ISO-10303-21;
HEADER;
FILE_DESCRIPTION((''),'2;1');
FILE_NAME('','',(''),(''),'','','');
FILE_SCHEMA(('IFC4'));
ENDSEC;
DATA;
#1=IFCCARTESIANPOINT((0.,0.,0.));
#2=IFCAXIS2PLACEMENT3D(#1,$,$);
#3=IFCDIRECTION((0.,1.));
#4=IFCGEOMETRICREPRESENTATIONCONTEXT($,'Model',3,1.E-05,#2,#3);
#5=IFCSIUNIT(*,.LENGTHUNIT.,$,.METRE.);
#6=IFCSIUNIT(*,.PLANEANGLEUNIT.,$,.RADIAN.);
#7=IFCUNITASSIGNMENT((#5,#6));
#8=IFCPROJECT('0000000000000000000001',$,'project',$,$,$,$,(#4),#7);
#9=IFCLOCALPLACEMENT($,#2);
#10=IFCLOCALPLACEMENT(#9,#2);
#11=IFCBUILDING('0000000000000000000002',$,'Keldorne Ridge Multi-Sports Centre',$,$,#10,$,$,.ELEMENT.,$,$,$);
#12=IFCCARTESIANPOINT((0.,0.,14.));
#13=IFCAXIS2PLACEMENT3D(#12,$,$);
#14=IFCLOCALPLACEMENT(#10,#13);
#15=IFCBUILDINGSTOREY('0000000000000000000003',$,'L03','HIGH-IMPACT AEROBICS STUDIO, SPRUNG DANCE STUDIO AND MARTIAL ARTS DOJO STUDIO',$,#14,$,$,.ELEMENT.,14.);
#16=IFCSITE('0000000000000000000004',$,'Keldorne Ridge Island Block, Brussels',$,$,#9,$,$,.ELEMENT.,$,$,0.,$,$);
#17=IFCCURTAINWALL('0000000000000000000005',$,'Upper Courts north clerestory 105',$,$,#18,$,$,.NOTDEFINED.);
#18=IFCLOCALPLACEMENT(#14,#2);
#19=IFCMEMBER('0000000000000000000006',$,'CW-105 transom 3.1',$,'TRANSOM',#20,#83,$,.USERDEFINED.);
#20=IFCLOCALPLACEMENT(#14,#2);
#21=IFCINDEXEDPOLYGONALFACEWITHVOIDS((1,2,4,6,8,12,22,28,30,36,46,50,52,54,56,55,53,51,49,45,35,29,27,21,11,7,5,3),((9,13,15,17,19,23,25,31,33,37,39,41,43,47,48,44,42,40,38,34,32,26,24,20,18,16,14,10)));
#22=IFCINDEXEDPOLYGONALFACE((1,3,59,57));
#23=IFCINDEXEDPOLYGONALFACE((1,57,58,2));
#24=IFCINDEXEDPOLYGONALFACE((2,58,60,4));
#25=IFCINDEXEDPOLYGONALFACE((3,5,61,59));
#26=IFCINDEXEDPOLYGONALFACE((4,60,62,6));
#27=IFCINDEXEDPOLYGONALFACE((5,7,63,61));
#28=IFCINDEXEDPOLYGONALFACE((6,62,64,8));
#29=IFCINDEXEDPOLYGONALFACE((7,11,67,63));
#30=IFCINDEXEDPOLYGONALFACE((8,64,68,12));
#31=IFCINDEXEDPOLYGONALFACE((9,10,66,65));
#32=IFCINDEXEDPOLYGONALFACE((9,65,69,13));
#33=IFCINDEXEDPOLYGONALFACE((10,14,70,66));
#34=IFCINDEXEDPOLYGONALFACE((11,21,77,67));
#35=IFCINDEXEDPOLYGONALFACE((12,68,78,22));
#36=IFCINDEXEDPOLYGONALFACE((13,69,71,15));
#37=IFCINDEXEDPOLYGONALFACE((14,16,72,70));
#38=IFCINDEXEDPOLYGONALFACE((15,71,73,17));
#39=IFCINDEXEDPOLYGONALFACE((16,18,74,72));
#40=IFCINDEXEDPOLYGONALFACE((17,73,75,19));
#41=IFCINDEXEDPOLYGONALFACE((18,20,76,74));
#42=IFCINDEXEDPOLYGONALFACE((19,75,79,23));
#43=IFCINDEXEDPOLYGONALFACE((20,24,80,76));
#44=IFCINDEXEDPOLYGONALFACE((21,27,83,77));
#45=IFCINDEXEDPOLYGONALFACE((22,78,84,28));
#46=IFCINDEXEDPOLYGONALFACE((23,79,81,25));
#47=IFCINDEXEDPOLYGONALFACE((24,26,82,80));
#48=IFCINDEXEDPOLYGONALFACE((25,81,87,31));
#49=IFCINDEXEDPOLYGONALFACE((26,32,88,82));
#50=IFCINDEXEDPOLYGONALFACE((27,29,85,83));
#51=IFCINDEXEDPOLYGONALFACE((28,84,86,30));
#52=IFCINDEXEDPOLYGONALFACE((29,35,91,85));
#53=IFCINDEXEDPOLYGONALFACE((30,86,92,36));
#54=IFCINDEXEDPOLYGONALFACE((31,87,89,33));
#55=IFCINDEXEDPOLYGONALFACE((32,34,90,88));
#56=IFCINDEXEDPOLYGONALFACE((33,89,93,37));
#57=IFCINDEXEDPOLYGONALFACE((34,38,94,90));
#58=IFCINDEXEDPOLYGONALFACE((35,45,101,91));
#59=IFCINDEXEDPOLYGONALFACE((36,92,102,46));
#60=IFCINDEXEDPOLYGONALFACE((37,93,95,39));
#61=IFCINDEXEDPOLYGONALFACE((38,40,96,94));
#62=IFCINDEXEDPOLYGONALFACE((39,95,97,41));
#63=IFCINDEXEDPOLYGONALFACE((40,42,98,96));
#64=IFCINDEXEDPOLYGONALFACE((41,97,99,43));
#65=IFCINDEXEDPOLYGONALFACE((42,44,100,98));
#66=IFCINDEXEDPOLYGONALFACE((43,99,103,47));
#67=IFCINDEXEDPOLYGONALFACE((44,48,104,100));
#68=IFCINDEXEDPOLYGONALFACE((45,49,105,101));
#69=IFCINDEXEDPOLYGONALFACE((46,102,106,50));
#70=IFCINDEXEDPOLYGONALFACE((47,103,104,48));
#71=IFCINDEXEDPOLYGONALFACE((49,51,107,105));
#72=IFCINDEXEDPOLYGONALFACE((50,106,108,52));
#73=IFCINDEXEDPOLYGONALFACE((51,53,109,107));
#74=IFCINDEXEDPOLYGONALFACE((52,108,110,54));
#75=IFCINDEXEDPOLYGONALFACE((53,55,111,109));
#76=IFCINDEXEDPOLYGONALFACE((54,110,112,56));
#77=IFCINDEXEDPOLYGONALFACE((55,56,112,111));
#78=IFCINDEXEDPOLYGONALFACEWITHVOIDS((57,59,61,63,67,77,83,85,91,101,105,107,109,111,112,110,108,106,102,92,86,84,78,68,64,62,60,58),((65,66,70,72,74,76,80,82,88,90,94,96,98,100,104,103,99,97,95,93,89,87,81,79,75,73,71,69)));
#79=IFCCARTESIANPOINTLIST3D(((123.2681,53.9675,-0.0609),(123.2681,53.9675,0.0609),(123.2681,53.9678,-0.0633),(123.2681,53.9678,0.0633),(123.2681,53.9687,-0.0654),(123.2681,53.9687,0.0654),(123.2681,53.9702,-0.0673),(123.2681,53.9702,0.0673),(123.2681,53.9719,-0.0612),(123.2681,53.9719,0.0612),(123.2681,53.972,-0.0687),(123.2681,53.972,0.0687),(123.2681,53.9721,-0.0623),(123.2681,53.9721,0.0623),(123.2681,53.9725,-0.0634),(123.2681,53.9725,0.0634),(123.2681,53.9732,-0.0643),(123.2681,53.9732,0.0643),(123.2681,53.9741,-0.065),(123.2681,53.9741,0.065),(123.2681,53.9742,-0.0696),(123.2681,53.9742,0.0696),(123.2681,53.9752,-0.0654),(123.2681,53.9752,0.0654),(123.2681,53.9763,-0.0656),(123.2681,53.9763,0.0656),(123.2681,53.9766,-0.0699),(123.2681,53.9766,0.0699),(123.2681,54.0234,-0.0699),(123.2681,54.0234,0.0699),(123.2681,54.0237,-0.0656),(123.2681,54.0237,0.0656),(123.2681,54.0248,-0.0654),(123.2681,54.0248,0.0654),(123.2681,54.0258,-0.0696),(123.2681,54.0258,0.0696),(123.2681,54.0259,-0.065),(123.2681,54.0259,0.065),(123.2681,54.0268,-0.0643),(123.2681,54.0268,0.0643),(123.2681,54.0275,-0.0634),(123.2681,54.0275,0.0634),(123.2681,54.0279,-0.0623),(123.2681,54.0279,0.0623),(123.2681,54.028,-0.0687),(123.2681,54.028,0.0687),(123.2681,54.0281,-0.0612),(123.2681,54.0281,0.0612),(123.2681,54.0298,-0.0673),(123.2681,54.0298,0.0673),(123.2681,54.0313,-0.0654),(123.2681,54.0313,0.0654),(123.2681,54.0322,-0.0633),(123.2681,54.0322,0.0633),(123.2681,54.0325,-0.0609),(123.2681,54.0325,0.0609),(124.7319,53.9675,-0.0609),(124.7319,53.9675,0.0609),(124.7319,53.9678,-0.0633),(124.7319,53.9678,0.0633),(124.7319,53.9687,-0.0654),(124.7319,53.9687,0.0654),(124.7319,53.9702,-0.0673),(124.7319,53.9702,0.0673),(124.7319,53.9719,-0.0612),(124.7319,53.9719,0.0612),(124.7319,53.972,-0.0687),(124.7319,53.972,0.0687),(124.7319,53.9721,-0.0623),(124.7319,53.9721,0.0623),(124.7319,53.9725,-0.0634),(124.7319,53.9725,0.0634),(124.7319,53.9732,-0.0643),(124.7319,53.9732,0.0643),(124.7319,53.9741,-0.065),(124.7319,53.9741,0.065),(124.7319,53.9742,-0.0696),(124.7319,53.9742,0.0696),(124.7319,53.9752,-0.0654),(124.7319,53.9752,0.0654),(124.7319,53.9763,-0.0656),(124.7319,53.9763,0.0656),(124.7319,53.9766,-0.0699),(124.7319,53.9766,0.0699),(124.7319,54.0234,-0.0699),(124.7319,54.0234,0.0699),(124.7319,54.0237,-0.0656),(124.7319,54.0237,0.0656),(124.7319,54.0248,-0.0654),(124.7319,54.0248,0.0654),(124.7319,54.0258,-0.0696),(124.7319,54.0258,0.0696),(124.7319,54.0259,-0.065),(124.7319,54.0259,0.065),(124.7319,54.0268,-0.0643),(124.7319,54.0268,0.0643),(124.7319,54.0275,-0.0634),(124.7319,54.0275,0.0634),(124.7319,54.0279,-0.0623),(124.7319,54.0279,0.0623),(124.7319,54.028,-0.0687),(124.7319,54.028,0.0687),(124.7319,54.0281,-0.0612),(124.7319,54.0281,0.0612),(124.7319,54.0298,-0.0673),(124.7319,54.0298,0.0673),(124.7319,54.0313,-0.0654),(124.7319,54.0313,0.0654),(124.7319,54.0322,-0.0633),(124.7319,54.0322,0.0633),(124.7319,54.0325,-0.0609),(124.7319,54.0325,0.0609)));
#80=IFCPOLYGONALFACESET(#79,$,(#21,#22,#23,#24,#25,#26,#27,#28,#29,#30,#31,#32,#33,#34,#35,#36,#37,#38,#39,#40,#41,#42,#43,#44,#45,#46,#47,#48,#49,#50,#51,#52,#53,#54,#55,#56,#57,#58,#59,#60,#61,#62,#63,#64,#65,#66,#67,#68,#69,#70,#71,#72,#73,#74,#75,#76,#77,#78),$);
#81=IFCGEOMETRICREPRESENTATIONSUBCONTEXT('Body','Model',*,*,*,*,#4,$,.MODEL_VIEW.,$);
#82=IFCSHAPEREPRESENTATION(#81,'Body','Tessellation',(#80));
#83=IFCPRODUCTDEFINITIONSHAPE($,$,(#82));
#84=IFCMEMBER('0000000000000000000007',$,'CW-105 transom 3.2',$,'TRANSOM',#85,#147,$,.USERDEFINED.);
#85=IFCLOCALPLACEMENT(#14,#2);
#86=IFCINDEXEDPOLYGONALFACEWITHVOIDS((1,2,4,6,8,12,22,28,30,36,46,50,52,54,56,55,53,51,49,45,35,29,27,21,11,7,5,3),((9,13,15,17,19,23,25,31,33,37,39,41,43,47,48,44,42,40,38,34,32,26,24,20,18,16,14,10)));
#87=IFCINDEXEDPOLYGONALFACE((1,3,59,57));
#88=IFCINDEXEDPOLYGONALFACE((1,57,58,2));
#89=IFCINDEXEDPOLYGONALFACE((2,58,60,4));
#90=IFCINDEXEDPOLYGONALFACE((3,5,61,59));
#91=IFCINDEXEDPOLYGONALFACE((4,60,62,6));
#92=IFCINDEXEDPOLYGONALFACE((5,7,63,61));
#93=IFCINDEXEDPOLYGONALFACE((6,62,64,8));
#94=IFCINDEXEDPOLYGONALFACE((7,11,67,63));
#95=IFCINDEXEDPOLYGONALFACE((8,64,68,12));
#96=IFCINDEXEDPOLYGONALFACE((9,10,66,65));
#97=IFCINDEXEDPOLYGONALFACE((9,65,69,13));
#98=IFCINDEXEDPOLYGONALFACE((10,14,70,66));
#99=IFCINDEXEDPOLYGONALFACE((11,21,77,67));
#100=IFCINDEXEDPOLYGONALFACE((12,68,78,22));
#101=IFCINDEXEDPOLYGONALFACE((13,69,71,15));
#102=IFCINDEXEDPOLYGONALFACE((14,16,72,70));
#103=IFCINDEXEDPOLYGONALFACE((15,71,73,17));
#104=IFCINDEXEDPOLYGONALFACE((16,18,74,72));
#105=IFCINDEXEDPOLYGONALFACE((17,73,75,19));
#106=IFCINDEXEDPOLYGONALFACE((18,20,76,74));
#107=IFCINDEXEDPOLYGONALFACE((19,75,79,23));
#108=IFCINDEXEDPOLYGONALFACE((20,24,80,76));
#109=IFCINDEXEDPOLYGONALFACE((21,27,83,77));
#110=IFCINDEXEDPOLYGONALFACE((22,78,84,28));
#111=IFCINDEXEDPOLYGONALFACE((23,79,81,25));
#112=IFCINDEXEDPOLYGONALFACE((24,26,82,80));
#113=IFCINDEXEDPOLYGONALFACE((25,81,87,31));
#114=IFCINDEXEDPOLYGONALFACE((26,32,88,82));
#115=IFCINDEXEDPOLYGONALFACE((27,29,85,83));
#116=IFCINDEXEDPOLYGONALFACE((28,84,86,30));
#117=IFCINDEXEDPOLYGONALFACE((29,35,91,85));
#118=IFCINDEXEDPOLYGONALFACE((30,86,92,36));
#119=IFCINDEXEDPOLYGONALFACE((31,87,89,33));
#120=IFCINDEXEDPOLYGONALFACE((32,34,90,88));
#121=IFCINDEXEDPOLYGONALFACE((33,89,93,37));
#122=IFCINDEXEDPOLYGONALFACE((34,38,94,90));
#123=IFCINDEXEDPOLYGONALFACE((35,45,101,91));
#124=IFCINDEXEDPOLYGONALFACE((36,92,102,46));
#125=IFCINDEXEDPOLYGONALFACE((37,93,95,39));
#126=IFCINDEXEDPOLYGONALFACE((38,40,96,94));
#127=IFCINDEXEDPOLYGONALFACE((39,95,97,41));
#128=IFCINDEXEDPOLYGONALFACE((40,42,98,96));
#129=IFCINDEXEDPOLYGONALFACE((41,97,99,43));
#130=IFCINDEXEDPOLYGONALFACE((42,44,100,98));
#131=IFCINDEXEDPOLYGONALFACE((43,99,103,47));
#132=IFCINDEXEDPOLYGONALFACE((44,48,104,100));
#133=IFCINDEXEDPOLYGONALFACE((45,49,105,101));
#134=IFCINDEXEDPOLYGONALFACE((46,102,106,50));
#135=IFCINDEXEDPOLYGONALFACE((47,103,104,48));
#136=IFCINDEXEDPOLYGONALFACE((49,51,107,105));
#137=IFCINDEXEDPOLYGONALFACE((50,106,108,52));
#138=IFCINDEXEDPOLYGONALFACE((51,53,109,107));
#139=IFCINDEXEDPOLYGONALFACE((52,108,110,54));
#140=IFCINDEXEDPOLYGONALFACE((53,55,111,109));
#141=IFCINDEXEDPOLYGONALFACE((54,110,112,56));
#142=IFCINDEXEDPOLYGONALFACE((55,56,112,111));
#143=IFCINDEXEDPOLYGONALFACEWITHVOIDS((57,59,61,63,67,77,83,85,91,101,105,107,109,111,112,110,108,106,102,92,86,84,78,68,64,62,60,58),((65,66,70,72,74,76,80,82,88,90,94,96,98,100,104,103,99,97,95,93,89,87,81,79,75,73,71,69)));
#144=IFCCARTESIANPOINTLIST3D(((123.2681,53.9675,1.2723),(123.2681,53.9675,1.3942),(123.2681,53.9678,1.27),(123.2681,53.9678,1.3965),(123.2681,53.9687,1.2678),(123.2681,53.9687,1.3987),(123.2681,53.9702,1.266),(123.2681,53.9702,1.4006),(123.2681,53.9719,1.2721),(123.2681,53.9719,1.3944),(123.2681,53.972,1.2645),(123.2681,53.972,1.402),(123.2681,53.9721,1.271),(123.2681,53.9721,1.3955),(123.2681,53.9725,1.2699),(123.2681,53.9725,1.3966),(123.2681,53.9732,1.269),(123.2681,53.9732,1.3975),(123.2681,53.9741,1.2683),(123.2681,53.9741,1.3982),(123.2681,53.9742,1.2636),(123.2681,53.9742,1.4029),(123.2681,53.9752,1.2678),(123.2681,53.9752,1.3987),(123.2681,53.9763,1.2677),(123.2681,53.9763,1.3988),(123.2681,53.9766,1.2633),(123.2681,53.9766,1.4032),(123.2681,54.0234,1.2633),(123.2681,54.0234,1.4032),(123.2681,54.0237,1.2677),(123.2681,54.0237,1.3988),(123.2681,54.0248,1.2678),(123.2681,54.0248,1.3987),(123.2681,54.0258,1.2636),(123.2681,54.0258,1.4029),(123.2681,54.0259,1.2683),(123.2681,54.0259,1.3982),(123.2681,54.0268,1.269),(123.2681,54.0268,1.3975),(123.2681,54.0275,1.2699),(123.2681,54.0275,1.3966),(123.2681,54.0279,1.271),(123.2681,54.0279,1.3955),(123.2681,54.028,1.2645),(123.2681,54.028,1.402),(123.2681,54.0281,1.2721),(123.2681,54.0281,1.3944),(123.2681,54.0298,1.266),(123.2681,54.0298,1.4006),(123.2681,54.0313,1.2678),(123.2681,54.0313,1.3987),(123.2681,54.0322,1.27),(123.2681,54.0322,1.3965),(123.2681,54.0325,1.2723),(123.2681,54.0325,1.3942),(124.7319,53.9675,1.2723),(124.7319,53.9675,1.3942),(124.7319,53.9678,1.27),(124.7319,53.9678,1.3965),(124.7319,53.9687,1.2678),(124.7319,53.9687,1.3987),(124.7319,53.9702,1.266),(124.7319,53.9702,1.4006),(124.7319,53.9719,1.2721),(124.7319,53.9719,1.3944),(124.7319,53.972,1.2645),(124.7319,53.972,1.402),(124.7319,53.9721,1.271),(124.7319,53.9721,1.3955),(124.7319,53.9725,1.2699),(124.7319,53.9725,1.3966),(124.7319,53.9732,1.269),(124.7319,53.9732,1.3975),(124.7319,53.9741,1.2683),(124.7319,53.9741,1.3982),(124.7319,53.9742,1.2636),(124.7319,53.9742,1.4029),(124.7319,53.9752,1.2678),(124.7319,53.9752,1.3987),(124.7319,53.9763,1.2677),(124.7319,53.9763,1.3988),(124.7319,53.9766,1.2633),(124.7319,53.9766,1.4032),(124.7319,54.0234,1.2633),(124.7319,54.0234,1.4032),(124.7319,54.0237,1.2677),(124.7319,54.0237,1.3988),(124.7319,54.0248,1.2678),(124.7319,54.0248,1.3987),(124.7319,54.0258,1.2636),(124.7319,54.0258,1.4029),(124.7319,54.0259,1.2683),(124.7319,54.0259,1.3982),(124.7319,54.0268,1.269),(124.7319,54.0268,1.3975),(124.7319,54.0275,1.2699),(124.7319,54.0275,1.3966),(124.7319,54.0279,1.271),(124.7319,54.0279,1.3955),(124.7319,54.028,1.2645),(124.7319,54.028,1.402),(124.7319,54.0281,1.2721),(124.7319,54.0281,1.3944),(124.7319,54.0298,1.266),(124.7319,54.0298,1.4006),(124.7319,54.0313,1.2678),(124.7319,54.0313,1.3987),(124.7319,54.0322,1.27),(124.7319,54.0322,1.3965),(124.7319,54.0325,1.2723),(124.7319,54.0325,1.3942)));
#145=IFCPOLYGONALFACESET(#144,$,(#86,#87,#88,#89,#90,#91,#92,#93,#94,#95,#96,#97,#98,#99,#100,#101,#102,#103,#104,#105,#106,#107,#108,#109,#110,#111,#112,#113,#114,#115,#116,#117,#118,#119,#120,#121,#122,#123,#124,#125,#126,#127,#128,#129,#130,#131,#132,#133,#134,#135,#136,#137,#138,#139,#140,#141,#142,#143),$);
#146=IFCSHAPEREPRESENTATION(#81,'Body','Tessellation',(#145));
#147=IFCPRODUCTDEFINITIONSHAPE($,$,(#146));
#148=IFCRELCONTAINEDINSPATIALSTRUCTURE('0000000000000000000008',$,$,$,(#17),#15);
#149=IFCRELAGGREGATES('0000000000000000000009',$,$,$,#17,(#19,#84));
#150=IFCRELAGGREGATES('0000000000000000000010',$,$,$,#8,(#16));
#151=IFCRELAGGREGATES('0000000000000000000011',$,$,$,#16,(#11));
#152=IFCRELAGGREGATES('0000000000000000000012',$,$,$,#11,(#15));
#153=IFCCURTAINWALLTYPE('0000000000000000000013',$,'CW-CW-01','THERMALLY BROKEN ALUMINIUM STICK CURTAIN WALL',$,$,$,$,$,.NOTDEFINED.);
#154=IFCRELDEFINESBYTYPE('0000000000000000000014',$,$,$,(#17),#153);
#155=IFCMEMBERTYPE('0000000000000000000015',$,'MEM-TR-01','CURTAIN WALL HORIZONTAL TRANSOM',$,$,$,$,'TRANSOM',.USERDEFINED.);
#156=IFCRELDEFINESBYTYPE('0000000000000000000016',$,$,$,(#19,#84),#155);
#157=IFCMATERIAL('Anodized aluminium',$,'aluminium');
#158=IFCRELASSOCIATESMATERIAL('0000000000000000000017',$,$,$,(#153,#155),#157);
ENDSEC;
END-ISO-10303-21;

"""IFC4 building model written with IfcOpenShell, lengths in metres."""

from ifc_helpers import new_model, si_unit, direction, frame, origin, origin_2d, place, context, subcontext, project, spatial, hollow_rectangle, extrude, material, material_profile, profile_set, type_object, element, aggregate, save


model = new_model("IFC4")

# Units and contexts
model_context = context("Model", 3, precision=1e-05, world=origin(), true_north=direction((0.0, 1.0)))
body_context = subcontext(model_context, "Body", "Model", "MODEL_VIEW")
ifc_project = project(units=[si_unit("LENGTHUNIT", "METRE"), si_unit("PLANEANGLEUNIT", "RADIAN")], contexts=[model_context])

# Site, building, storey
site_placement = place(None, origin())
site = spatial("IfcSite", under=ifc_project, at=site_placement, Name="Keldorne Ridge Island Block, Brussels", CompositionType="ELEMENT", RefElevation=0.0)
building_placement = place(site_placement, origin())
building = spatial("IfcBuilding", under=site, at=building_placement, Name="Keldorne Ridge Multi-Sports Centre", CompositionType="ELEMENT")
storey_placement = place(building_placement, frame((0.0, 0.0, 14.0)))
storey = spatial("IfcBuildingStorey", under=building, at=storey_placement, Name="L03", Description="HIGH-IMPACT AEROBICS STUDIO, SPRUNG DANCE STUDIO AND MARTIAL ARTS DOJO STUDIO", CompositionType="ELEMENT", Elevation=14.0)

# Curtain wall, members
ifc_material_1 = material(Name="Anodized aluminium", Category="aluminium")
curtain_wall_type = type_object("IfcCurtainWallType", Name="CW-CW-01", Description="THERMALLY BROKEN ALUMINIUM STICK CURTAIN WALL", PredefinedType="NOTDEFINED", material=ifc_material_1)
curtain_wall_placement = place(storey_placement, origin())
curtain_wall = element("IfcCurtainWall", 1, at=curtain_wall_placement, inside=storey, type_object=curtain_wall_type, Name="Upper Courts north clerestory 105", PredefinedType="NOTDEFINED")
ifc_material_profile_1 = material_profile(ifc_material_1, hollow_rectangle(XDim=0.0649, YDim=0.1399, WallThickness=0.0044, InnerFilletRadius=0.0044, OuterFilletRadius=0.009, at=origin_2d()), Name="ALU TRANSOM 140x65x4.5")
ifc_profile_set_1 = profile_set([ifc_material_profile_1], Name="Anodized aluminium")
member_type_1 = type_object("IfcMemberType", Name="MEM-TR-01", Description="CURTAIN WALL HORIZONTAL TRANSOM", ElementType="TRANSOM", PredefinedType="USERDEFINED", material=ifc_profile_set_1)
member_1_placement = place(storey_placement, frame((124.7319, 54.0, 0.0), z_axis=(-1.0, 0.0, 0.0), x_axis=(0.0, -1.0, 0.0)))
member_1 = element("IfcMember", 2, at=member_1_placement, type_object=member_type_1, Name="CW-105 transom 3.1", ObjectType="TRANSOM", PredefinedType="USERDEFINED", context=body_context, shape_type="SweptSolid", body=[
    extrude(hollow_rectangle(XDim=0.0649, YDim=0.1399, WallThickness=0.0044, InnerFilletRadius=0.0044, OuterFilletRadius=0.009, at=origin_2d()), origin(), (0.0, 0.0, 1.0), 1.4639),
])
member_2_placement = place(storey_placement, frame((124.7319, 54.0, 1.3333), z_axis=(-1.0, 0.0, 0.0), x_axis=(0.0, -1.0, 0.0)))
member_2 = element("IfcMember", 3, at=member_2_placement, type_object=member_type_1, Name="CW-105 transom 3.2", ObjectType="TRANSOM", PredefinedType="USERDEFINED", context=body_context, shape_type="SweptSolid", body=[
    extrude(hollow_rectangle(XDim=0.0649, YDim=0.1399, WallThickness=0.0044, InnerFilletRadius=0.0044, OuterFilletRadius=0.009, at=origin_2d()), origin(), (0.0, 0.0, 1.0), 1.4639),
])
aggregate(curtain_wall, [member_1, member_2])

save(model, "model.ifc")
